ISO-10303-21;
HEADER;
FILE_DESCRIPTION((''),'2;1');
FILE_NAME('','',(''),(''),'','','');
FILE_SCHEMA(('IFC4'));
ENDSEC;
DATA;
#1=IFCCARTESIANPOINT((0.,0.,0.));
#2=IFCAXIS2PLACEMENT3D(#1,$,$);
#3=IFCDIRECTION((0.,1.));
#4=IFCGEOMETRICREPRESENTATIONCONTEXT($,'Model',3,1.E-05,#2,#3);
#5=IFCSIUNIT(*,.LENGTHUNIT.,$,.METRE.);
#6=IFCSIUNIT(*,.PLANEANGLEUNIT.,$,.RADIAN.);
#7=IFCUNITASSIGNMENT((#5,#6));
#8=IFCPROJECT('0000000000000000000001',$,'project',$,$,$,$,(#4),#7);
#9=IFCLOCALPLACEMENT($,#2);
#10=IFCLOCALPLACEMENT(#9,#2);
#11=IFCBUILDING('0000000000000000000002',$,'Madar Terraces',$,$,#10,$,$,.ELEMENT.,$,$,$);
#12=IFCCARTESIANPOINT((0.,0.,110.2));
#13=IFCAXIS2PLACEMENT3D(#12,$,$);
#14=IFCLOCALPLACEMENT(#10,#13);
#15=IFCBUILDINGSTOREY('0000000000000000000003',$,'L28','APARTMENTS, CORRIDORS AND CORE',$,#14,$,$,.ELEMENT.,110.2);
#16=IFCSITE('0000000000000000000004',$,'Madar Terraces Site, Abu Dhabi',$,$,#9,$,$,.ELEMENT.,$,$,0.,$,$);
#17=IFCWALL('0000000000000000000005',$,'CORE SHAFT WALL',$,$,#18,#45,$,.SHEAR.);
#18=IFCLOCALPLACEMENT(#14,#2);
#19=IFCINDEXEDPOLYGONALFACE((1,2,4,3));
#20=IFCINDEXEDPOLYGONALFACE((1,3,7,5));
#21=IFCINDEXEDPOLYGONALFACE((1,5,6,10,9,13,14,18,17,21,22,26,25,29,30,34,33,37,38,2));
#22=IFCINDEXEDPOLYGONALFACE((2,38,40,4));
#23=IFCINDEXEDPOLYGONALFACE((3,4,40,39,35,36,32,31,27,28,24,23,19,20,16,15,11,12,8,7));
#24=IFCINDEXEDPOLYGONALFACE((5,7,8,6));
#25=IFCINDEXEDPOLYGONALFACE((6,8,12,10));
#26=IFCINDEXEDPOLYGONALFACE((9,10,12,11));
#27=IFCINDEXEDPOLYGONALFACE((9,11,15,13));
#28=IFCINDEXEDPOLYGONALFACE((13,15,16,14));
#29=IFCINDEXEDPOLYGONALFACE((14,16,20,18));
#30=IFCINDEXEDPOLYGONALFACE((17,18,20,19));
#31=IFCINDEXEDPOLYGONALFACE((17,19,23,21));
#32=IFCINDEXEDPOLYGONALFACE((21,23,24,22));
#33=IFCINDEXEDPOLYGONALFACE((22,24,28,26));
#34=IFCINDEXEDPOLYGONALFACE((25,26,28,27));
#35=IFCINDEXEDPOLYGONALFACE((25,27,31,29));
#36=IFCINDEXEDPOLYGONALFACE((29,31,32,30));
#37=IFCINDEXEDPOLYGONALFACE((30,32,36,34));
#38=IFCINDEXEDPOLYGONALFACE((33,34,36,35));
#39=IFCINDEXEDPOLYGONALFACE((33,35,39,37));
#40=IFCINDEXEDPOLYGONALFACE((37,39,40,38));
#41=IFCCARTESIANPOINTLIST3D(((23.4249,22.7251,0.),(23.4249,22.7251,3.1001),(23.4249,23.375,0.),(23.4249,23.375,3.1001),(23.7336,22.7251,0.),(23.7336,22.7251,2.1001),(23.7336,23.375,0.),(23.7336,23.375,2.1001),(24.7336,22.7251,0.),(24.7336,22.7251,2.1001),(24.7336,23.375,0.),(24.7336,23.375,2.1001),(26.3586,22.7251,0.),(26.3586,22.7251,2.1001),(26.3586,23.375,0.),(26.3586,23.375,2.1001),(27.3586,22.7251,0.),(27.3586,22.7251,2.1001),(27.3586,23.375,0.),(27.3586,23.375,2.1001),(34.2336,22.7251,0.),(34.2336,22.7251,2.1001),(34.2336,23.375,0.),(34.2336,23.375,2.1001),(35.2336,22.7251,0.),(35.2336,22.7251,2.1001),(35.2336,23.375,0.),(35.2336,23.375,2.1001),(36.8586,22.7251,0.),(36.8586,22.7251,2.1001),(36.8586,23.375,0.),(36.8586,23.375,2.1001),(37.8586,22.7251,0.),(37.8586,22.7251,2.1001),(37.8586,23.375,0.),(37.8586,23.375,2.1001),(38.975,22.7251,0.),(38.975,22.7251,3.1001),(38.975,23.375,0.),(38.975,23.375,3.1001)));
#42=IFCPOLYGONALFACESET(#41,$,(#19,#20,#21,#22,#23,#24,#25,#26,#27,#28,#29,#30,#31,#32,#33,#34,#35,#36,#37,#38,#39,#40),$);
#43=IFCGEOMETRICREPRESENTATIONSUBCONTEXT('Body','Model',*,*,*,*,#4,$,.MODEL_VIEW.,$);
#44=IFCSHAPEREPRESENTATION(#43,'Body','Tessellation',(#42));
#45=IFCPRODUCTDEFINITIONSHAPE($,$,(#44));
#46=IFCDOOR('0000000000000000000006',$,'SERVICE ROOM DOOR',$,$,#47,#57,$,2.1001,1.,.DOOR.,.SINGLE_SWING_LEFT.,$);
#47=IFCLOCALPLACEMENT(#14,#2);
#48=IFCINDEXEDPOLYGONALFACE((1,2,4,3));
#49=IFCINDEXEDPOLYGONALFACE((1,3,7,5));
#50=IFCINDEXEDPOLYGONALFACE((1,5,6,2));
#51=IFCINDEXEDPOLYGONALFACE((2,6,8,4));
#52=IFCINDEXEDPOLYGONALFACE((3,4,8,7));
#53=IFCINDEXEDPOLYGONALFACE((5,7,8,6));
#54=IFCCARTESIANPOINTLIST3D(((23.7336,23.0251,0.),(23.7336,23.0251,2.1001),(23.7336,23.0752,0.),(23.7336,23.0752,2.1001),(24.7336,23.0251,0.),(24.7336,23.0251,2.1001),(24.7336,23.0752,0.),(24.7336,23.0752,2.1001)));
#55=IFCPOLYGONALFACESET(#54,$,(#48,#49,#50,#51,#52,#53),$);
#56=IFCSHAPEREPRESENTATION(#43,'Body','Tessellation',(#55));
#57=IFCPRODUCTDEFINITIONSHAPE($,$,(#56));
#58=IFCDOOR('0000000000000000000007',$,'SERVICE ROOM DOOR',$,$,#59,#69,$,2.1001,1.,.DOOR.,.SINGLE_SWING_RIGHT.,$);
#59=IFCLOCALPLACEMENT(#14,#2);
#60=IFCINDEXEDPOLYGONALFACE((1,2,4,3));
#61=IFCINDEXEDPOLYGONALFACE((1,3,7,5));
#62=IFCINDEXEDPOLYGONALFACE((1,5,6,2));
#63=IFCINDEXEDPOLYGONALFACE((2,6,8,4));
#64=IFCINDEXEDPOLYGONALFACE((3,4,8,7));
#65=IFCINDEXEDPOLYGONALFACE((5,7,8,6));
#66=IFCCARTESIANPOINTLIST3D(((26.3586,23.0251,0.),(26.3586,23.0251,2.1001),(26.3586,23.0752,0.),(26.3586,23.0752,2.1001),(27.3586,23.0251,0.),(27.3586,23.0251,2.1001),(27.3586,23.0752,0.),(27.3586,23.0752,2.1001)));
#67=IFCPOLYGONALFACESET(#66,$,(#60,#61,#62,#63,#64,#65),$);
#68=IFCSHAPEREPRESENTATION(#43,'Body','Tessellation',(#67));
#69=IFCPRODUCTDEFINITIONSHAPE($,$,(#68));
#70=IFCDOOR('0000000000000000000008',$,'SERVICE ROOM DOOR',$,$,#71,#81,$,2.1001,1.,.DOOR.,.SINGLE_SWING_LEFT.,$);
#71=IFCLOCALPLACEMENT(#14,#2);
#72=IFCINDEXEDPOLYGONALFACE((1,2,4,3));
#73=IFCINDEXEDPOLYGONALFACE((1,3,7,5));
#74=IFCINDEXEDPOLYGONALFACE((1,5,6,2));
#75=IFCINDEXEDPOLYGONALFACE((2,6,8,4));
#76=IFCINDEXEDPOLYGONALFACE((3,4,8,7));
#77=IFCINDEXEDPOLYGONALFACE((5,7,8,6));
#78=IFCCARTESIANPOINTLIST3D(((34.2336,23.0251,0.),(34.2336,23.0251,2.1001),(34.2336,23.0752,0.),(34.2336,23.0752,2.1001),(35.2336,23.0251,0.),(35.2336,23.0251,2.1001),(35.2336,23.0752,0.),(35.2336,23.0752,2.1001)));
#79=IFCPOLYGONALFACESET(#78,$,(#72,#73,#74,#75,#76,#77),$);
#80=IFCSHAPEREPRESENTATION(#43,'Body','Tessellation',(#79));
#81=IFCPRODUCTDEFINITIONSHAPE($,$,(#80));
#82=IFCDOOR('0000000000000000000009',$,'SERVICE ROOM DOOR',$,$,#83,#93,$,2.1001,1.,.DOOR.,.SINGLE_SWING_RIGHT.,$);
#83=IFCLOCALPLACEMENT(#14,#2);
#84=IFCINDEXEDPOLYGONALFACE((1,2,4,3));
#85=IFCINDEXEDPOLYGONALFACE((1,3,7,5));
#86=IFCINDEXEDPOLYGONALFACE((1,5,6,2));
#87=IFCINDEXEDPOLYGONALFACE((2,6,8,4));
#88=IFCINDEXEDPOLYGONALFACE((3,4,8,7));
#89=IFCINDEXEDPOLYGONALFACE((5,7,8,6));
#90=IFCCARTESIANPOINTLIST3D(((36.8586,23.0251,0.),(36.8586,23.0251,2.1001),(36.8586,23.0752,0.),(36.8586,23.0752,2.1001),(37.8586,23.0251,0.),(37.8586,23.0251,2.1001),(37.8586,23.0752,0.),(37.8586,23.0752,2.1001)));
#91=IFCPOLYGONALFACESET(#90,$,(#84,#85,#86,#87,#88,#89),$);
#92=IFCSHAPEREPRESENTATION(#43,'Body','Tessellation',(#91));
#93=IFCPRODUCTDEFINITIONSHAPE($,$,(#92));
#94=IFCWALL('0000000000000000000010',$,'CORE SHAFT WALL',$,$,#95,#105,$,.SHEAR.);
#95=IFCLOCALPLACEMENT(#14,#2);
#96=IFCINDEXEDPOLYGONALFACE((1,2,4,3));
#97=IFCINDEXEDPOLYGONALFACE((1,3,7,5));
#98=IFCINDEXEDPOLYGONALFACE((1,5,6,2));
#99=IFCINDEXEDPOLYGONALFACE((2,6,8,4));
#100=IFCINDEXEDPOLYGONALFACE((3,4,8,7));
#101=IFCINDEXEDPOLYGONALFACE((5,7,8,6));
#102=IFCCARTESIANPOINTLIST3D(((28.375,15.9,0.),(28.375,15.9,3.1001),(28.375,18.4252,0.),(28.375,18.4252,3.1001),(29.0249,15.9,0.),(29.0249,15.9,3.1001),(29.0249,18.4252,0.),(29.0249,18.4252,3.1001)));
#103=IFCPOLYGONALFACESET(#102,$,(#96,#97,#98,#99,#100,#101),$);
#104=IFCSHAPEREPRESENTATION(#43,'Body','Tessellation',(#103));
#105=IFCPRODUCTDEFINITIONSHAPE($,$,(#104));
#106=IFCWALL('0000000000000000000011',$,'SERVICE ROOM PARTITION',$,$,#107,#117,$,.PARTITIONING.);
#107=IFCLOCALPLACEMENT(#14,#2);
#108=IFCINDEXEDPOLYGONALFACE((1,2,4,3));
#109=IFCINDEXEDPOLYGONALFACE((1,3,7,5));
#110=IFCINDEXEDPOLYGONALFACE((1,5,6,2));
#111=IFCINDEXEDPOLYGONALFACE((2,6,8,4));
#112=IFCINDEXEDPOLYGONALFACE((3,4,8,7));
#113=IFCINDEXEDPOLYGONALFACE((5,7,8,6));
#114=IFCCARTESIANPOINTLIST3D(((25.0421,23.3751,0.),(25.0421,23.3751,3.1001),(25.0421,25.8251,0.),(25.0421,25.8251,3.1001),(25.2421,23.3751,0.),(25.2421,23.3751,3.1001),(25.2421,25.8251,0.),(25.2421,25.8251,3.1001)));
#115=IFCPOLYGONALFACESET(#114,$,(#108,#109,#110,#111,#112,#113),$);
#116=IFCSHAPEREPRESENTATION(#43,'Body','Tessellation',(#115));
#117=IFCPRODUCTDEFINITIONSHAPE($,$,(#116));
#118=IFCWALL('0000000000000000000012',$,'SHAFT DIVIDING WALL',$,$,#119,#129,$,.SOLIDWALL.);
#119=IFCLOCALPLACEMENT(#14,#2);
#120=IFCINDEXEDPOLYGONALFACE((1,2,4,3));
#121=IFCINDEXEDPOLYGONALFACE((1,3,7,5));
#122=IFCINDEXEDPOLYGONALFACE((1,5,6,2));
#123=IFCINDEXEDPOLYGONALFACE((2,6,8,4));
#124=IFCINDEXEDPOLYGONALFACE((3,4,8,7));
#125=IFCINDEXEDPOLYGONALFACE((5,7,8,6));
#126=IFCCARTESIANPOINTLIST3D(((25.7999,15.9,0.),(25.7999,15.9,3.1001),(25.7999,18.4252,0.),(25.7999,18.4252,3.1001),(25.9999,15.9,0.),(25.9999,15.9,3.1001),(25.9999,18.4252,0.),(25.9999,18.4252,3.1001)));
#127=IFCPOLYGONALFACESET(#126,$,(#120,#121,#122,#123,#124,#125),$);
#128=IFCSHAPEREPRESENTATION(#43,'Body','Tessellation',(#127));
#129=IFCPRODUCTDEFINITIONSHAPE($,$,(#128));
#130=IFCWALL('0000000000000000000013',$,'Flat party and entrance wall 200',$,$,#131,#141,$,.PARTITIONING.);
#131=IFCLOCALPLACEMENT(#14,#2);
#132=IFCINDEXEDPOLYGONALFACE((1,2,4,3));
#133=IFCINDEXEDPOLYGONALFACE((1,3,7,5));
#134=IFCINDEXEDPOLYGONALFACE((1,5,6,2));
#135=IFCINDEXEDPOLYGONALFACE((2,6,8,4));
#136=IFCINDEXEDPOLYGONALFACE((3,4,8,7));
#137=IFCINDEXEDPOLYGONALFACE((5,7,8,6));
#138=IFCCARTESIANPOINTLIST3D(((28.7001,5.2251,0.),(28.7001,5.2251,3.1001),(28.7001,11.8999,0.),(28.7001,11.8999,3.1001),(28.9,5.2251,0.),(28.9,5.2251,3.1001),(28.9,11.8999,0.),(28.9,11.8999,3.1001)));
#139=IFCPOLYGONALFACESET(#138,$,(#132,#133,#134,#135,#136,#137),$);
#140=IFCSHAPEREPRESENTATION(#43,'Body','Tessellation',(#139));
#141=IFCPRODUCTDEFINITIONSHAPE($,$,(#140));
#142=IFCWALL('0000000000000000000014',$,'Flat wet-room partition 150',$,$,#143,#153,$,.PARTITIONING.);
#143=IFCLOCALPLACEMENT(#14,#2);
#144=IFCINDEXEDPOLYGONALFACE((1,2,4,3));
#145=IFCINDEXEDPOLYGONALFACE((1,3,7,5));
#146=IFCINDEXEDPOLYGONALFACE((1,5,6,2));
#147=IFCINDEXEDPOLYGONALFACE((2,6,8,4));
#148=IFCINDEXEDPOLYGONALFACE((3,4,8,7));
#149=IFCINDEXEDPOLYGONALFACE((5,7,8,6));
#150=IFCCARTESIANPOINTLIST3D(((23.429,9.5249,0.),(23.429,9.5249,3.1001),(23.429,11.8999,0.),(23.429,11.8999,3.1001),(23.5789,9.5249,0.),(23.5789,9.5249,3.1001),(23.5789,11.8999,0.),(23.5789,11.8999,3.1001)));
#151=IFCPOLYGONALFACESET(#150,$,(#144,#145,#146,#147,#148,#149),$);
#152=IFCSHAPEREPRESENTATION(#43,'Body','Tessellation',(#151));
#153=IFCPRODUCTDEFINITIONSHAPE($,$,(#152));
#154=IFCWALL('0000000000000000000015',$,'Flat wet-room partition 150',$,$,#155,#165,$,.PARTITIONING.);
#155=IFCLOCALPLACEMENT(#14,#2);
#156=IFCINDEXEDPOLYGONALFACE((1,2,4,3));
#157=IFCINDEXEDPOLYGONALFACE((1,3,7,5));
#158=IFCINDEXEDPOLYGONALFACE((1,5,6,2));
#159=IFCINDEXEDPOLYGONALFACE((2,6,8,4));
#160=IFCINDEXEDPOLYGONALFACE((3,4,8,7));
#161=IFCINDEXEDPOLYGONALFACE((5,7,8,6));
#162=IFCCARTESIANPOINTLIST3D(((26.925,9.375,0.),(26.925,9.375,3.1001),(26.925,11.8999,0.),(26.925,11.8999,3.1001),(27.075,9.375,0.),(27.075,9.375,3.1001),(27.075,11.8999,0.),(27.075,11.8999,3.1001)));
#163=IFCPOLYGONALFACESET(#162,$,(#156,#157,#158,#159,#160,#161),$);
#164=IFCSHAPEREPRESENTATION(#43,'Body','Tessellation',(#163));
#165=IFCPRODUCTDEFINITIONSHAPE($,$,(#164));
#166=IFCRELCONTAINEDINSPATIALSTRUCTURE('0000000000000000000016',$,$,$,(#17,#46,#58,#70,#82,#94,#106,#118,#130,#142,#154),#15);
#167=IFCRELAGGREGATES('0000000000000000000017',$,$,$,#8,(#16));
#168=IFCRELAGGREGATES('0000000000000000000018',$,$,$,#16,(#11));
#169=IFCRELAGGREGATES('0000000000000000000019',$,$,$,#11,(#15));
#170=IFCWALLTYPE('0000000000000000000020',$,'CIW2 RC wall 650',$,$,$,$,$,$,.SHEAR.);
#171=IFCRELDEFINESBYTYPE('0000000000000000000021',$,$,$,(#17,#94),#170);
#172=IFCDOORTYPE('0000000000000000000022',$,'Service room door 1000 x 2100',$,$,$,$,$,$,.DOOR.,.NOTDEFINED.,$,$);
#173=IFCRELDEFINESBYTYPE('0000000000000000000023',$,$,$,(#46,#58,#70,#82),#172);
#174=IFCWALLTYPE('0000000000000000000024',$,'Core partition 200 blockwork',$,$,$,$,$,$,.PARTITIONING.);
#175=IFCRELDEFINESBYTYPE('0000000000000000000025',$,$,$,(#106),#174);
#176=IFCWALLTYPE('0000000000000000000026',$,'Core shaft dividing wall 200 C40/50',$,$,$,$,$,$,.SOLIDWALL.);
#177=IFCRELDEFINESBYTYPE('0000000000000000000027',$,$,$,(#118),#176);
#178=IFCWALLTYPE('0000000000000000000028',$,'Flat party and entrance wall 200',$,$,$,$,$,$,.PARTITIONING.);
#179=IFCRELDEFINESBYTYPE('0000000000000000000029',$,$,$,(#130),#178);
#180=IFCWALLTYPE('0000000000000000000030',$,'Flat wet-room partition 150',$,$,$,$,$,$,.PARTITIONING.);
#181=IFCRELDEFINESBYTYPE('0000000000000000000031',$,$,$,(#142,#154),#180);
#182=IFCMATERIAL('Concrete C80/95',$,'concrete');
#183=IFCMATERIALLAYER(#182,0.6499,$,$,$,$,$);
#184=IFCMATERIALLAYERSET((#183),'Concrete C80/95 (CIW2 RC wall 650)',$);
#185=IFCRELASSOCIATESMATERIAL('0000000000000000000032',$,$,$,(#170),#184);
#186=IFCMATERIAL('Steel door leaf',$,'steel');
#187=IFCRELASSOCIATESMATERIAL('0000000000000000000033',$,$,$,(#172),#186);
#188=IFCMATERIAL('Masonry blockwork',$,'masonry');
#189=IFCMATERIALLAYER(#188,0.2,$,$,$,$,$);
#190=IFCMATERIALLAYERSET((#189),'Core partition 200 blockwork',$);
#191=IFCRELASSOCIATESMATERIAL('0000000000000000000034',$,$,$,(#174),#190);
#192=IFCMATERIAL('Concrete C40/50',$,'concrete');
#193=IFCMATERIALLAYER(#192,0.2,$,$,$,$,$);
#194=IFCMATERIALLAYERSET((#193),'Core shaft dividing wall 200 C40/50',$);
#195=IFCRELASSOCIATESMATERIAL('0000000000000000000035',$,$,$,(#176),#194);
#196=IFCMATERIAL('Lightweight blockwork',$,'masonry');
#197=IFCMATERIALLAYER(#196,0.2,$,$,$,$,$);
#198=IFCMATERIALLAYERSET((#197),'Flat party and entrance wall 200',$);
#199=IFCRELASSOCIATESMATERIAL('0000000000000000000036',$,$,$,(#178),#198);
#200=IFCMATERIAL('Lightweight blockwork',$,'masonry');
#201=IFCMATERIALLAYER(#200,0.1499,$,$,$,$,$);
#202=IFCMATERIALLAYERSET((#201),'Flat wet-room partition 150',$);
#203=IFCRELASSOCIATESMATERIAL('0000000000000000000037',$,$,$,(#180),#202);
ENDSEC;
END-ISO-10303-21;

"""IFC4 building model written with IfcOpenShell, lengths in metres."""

from ifc_helpers import new_model, si_unit, direction, frame, frame_2d, origin, place, context, subcontext, project, spatial, rectangle, extrude, material, layer, layer_set, type_object, element, fill, save


model = new_model("IFC4")

# Units and contexts
model_context = context("Model", 3, precision=1e-05, world=origin(), true_north=direction((0.0, 1.0)))
body_context = subcontext(model_context, "Body", "Model", "MODEL_VIEW")
ifc_project = project(units=[si_unit("LENGTHUNIT", "METRE"), si_unit("PLANEANGLEUNIT", "RADIAN")], contexts=[model_context])

# Site, building, storey
site_placement = place(None, origin())
site = spatial("IfcSite", under=ifc_project, at=site_placement, Name="Madar Terraces Site, Abu Dhabi", CompositionType="ELEMENT", RefElevation=0.0)
building_placement = place(site_placement, origin())
building = spatial("IfcBuilding", under=site, at=building_placement, Name="Madar Terraces", CompositionType="ELEMENT")
storey_placement = place(building_placement, frame((0.0, 0.0, 110.2)))
storey = spatial("IfcBuildingStorey", under=building, at=storey_placement, Name="L28", Description="APARTMENTS, CORRIDORS AND CORE", CompositionType="ELEMENT", Elevation=110.2)

# Wall, openings, doors
ifc_material_1 = material(Name="Concrete C80/95", Category="concrete")
ifc_layer_1 = layer(ifc_material_1, 0.6499)
ifc_layer_set_1 = layer_set([ifc_layer_1], Name="Concrete C80/95 (CIW2 RC wall 650)")
wall_type_1 = type_object("IfcWallType", Name="CIW2 RC wall 650", PredefinedType="SHEAR", material=ifc_layer_set_1)
wall_1_placement = place(storey_placement, frame((23.425, 23.05, 0.0), z_axis=(0.0, 0.0, 1.0), x_axis=(1.0, 0.0, 0.0)))
wall_1 = element("IfcWall", 1, at=wall_1_placement, inside=storey, type_object=wall_type_1, Name="CORE SHAFT WALL", PredefinedType="SHEAR", context=body_context, shape_type="SweptSolid", body=[
    extrude(rectangle(XDim=15.55, YDim=0.6499, at=frame_2d((7.7749, 0.0))), origin(), (0.0, 0.0, 1.0), 3.1001),
])
opening_1_placement = place(wall_1_placement, frame((0.3086, 0.0, 0.0)))
opening_1 = element("IfcOpeningElement", 2, at=opening_1_placement, cuts=wall_1, PredefinedType="OPENING", context=body_context, shape_type="SweptSolid", body=[
    extrude(rectangle(XDim=1.0, YDim=2.1001, at=frame_2d((0.5, 1.05))), frame((0.0, 0.335, 0.0), z_axis=(0.0, -1.0, 0.0), x_axis=(1.0, 0.0, 0.0)), (0.0, 0.0, 1.0), 0.6699),
])
opening_2_placement = place(wall_1_placement, frame((2.9336, 0.0, 0.0)))
opening_2 = element("IfcOpeningElement", 3, at=opening_2_placement, cuts=wall_1, PredefinedType="OPENING", context=body_context, shape_type="SweptSolid", body=[
    extrude(rectangle(XDim=1.0, YDim=2.1001, at=frame_2d((0.5, 1.05))), frame((0.0, 0.335, 0.0), z_axis=(0.0, -1.0, 0.0), x_axis=(1.0, 0.0, 0.0)), (0.0, 0.0, 1.0), 0.6699),
])
opening_3_placement = place(wall_1_placement, frame((10.8086, 0.0, 0.0)))
opening_3 = element("IfcOpeningElement", 4, at=opening_3_placement, cuts=wall_1, PredefinedType="OPENING", context=body_context, shape_type="SweptSolid", body=[
    extrude(rectangle(XDim=1.0, YDim=2.1001, at=frame_2d((0.5, 1.05))), frame((0.0, 0.335, 0.0), z_axis=(0.0, -1.0, 0.0), x_axis=(1.0, 0.0, 0.0)), (0.0, 0.0, 1.0), 0.6699),
])
opening_4_placement = place(wall_1_placement, frame((13.4336, 0.0, 0.0)))
opening_4 = element("IfcOpeningElement", 5, at=opening_4_placement, cuts=wall_1, PredefinedType="OPENING", context=body_context, shape_type="SweptSolid", body=[
    extrude(rectangle(XDim=1.0, YDim=2.1001, at=frame_2d((0.5, 1.05))), frame((0.0, 0.335, 0.0), z_axis=(0.0, -1.0, 0.0), x_axis=(1.0, 0.0, 0.0)), (0.0, 0.0, 1.0), 0.6699),
])
ifc_material_2 = material(Name="Steel door leaf", Category="steel")
door_type_1 = type_object("IfcDoorType", Name="Service room door 1000 x 2100", OperationType="NOTDEFINED", PredefinedType="DOOR", material=ifc_material_2)
door_1_placement = place(opening_1_placement, frame((1.0, 0.0, 0.0), z_axis=(0.0, 0.0, 1.0), x_axis=(-1.0, 0.0, 0.0)))
door_1 = element("IfcDoor", 6, at=door_1_placement, inside=storey, type_object=door_type_1, Name="SERVICE ROOM DOOR", OperationType="SINGLE_SWING_LEFT", OverallHeight=2.1001, OverallWidth=1.0, PredefinedType="DOOR", context=body_context, shape_type="SweptSolid", body=[
    extrude(rectangle(XDim=1.0, YDim=2.1001, at=frame_2d((0.5, 1.05))), frame((0.0, 0.0249, 0.0), z_axis=(0.0, -1.0, 0.0), x_axis=(1.0, 0.0, 0.0)), (0.0, 0.0, 1.0), 0.05),
])
fill(opening_1, door_1)
door_2_placement = place(opening_2_placement, frame((1.0, 0.0, 0.0), z_axis=(0.0, 0.0, 1.0), x_axis=(-1.0, 0.0, 0.0)))
door_2 = element("IfcDoor", 7, at=door_2_placement, inside=storey, type_object=door_type_1, Name="SERVICE ROOM DOOR", OperationType="SINGLE_SWING_RIGHT", OverallHeight=2.1001, OverallWidth=1.0, PredefinedType="DOOR", context=body_context, shape_type="SweptSolid", body=[
    extrude(rectangle(XDim=1.0, YDim=2.1001, at=frame_2d((0.5, 1.05))), frame((0.0, 0.0249, 0.0), z_axis=(0.0, -1.0, 0.0), x_axis=(1.0, 0.0, 0.0)), (0.0, 0.0, 1.0), 0.05),
])
fill(opening_2, door_2)
door_3_placement = place(opening_3_placement, frame((1.0, 0.0, 0.0), z_axis=(0.0, 0.0, 1.0), x_axis=(-1.0, 0.0, 0.0)))
door_3 = element("IfcDoor", 8, at=door_3_placement, inside=storey, type_object=door_type_1, Name="SERVICE ROOM DOOR", OperationType="SINGLE_SWING_LEFT", OverallHeight=2.1001, OverallWidth=1.0, PredefinedType="DOOR", context=body_context, shape_type="SweptSolid", body=[
    extrude(rectangle(XDim=1.0, YDim=2.1001, at=frame_2d((0.5, 1.05))), frame((0.0, 0.0249, 0.0), z_axis=(0.0, -1.0, 0.0), x_axis=(1.0, 0.0, 0.0)), (0.0, 0.0, 1.0), 0.05),
])
fill(opening_3, door_3)
door_4_placement = place(opening_4_placement, frame((1.0, 0.0, 0.0), z_axis=(0.0, 0.0, 1.0), x_axis=(-1.0, 0.0, 0.0)))
door_4 = element("IfcDoor", 9, at=door_4_placement, inside=storey, type_object=door_type_1, Name="SERVICE ROOM DOOR", OperationType="SINGLE_SWING_RIGHT", OverallHeight=2.1001, OverallWidth=1.0, PredefinedType="DOOR", context=body_context, shape_type="SweptSolid", body=[
    extrude(rectangle(XDim=1.0, YDim=2.1001, at=frame_2d((0.5, 1.05))), frame((0.0, 0.0249, 0.0), z_axis=(0.0, -1.0, 0.0), x_axis=(1.0, 0.0, 0.0)), (0.0, 0.0, 1.0), 0.05),
])
fill(opening_4, door_4)

# Walls
wall_2_placement = place(storey_placement, frame((28.7, 15.8999, 0.0), z_axis=(0.0, 0.0, 1.0), x_axis=(0.0, 1.0, 0.0)))
element("IfcWall", 10, at=wall_2_placement, inside=storey, type_object=wall_type_1, Name="CORE SHAFT WALL", PredefinedType="SHEAR", context=body_context, shape_type="SweptSolid", body=[
    extrude(rectangle(XDim=2.5251, YDim=0.6499, at=frame_2d((1.2627, 0.0))), origin(), (0.0, 0.0, 1.0), 3.1001),
])
ifc_material_3 = material(Name="Masonry blockwork", Category="masonry")
ifc_layer_2 = layer(ifc_material_3, 0.2)
ifc_layer_set_2 = layer_set([ifc_layer_2], Name="Core partition 200 blockwork")
wall_type_2 = type_object("IfcWallType", Name="Core partition 200 blockwork", PredefinedType="PARTITIONING", material=ifc_layer_set_2)
wall_3_placement = place(storey_placement, frame((25.1421, 23.375, 0.0), z_axis=(0.0, 0.0, 1.0), x_axis=(0.0, 1.0, 0.0)))
element("IfcWall", 11, at=wall_3_placement, inside=storey, type_object=wall_type_2, Name="SERVICE ROOM PARTITION", PredefinedType="PARTITIONING", context=body_context, shape_type="SweptSolid", body=[
    extrude(rectangle(XDim=2.45, YDim=0.2, at=frame_2d((1.2251, 0.0))), origin(), (0.0, 0.0, 1.0), 3.1001),
])
ifc_material_4 = material(Name="Concrete C40/50", Category="concrete")
ifc_layer_3 = layer(ifc_material_4, 0.2)
ifc_layer_set_3 = layer_set([ifc_layer_3], Name="Core shaft dividing wall 200 C40/50")
wall_type_3 = type_object("IfcWallType", Name="Core shaft dividing wall 200 C40/50", PredefinedType="SOLIDWALL", material=ifc_layer_set_3)
wall_4_placement = place(storey_placement, frame((25.8999, 15.8999, 0.0), z_axis=(0.0, 0.0, 1.0), x_axis=(0.0, 1.0, 0.0)))
element("IfcWall", 12, at=wall_4_placement, inside=storey, type_object=wall_type_3, Name="SHAFT DIVIDING WALL", PredefinedType="SOLIDWALL", context=body_context, shape_type="SweptSolid", body=[
    extrude(rectangle(XDim=2.5251, YDim=0.2, at=frame_2d((1.2627, 0.0))), origin(), (0.0, 0.0, 1.0), 3.1001),
])
ifc_material_5 = material(Name="Lightweight blockwork", Category="masonry")
ifc_layer_4 = layer(ifc_material_5, 0.2)
ifc_layer_set_4 = layer_set([ifc_layer_4], Name="Flat party and entrance wall 200")
wall_type_4 = type_object("IfcWallType", Name="Flat party and entrance wall 200", PredefinedType="PARTITIONING", material=ifc_layer_set_4)
wall_5_placement = place(storey_placement, frame((28.8, 11.8999, 0.0), z_axis=(0.0, 0.0, 1.0), x_axis=(0.0, -1.0, 0.0)))
element("IfcWall", 13, at=wall_5_placement, inside=storey, type_object=wall_type_4, Name="Flat party and entrance wall 200", PredefinedType="PARTITIONING", context=body_context, shape_type="SweptSolid", body=[
    extrude(rectangle(XDim=6.6748, YDim=0.2, at=frame_2d((3.3374, 0.0))), origin(), (0.0, 0.0, 1.0), 3.1001),
])
ifc_material_6 = material(Name="Lightweight blockwork", Category="masonry")
ifc_layer_5 = layer(ifc_material_6, 0.1499)
ifc_layer_set_5 = layer_set([ifc_layer_5], Name="Flat wet-room partition 150")
wall_type_5 = type_object("IfcWallType", Name="Flat wet-room partition 150", PredefinedType="PARTITIONING", material=ifc_layer_set_5)
wall_6_placement = place(storey_placement, frame((23.5039, 11.8999, 0.0), z_axis=(0.0, 0.0, 1.0), x_axis=(0.0, -1.0, 0.0)))
element("IfcWall", 14, at=wall_6_placement, inside=storey, type_object=wall_type_5, Name="Flat wet-room partition 150", PredefinedType="PARTITIONING", context=body_context, shape_type="SweptSolid", body=[
    extrude(rectangle(XDim=2.375, YDim=0.1499, at=frame_2d((1.1875, 0.0))), origin(), (0.0, 0.0, 1.0), 3.1001),
])
wall_7_placement = place(storey_placement, frame((27.0, 11.8999, 0.0), z_axis=(0.0, 0.0, 1.0), x_axis=(0.0, -1.0, 0.0)))
element("IfcWall", 15, at=wall_7_placement, inside=storey, type_object=wall_type_5, Name="Flat wet-room partition 150", PredefinedType="PARTITIONING", context=body_context, shape_type="SweptSolid", body=[
    extrude(rectangle(XDim=2.5249, YDim=0.1499, at=frame_2d((1.2625, 0.0))), origin(), (0.0, 0.0, 1.0), 3.1001),
])

save(model, "model.ifc")
